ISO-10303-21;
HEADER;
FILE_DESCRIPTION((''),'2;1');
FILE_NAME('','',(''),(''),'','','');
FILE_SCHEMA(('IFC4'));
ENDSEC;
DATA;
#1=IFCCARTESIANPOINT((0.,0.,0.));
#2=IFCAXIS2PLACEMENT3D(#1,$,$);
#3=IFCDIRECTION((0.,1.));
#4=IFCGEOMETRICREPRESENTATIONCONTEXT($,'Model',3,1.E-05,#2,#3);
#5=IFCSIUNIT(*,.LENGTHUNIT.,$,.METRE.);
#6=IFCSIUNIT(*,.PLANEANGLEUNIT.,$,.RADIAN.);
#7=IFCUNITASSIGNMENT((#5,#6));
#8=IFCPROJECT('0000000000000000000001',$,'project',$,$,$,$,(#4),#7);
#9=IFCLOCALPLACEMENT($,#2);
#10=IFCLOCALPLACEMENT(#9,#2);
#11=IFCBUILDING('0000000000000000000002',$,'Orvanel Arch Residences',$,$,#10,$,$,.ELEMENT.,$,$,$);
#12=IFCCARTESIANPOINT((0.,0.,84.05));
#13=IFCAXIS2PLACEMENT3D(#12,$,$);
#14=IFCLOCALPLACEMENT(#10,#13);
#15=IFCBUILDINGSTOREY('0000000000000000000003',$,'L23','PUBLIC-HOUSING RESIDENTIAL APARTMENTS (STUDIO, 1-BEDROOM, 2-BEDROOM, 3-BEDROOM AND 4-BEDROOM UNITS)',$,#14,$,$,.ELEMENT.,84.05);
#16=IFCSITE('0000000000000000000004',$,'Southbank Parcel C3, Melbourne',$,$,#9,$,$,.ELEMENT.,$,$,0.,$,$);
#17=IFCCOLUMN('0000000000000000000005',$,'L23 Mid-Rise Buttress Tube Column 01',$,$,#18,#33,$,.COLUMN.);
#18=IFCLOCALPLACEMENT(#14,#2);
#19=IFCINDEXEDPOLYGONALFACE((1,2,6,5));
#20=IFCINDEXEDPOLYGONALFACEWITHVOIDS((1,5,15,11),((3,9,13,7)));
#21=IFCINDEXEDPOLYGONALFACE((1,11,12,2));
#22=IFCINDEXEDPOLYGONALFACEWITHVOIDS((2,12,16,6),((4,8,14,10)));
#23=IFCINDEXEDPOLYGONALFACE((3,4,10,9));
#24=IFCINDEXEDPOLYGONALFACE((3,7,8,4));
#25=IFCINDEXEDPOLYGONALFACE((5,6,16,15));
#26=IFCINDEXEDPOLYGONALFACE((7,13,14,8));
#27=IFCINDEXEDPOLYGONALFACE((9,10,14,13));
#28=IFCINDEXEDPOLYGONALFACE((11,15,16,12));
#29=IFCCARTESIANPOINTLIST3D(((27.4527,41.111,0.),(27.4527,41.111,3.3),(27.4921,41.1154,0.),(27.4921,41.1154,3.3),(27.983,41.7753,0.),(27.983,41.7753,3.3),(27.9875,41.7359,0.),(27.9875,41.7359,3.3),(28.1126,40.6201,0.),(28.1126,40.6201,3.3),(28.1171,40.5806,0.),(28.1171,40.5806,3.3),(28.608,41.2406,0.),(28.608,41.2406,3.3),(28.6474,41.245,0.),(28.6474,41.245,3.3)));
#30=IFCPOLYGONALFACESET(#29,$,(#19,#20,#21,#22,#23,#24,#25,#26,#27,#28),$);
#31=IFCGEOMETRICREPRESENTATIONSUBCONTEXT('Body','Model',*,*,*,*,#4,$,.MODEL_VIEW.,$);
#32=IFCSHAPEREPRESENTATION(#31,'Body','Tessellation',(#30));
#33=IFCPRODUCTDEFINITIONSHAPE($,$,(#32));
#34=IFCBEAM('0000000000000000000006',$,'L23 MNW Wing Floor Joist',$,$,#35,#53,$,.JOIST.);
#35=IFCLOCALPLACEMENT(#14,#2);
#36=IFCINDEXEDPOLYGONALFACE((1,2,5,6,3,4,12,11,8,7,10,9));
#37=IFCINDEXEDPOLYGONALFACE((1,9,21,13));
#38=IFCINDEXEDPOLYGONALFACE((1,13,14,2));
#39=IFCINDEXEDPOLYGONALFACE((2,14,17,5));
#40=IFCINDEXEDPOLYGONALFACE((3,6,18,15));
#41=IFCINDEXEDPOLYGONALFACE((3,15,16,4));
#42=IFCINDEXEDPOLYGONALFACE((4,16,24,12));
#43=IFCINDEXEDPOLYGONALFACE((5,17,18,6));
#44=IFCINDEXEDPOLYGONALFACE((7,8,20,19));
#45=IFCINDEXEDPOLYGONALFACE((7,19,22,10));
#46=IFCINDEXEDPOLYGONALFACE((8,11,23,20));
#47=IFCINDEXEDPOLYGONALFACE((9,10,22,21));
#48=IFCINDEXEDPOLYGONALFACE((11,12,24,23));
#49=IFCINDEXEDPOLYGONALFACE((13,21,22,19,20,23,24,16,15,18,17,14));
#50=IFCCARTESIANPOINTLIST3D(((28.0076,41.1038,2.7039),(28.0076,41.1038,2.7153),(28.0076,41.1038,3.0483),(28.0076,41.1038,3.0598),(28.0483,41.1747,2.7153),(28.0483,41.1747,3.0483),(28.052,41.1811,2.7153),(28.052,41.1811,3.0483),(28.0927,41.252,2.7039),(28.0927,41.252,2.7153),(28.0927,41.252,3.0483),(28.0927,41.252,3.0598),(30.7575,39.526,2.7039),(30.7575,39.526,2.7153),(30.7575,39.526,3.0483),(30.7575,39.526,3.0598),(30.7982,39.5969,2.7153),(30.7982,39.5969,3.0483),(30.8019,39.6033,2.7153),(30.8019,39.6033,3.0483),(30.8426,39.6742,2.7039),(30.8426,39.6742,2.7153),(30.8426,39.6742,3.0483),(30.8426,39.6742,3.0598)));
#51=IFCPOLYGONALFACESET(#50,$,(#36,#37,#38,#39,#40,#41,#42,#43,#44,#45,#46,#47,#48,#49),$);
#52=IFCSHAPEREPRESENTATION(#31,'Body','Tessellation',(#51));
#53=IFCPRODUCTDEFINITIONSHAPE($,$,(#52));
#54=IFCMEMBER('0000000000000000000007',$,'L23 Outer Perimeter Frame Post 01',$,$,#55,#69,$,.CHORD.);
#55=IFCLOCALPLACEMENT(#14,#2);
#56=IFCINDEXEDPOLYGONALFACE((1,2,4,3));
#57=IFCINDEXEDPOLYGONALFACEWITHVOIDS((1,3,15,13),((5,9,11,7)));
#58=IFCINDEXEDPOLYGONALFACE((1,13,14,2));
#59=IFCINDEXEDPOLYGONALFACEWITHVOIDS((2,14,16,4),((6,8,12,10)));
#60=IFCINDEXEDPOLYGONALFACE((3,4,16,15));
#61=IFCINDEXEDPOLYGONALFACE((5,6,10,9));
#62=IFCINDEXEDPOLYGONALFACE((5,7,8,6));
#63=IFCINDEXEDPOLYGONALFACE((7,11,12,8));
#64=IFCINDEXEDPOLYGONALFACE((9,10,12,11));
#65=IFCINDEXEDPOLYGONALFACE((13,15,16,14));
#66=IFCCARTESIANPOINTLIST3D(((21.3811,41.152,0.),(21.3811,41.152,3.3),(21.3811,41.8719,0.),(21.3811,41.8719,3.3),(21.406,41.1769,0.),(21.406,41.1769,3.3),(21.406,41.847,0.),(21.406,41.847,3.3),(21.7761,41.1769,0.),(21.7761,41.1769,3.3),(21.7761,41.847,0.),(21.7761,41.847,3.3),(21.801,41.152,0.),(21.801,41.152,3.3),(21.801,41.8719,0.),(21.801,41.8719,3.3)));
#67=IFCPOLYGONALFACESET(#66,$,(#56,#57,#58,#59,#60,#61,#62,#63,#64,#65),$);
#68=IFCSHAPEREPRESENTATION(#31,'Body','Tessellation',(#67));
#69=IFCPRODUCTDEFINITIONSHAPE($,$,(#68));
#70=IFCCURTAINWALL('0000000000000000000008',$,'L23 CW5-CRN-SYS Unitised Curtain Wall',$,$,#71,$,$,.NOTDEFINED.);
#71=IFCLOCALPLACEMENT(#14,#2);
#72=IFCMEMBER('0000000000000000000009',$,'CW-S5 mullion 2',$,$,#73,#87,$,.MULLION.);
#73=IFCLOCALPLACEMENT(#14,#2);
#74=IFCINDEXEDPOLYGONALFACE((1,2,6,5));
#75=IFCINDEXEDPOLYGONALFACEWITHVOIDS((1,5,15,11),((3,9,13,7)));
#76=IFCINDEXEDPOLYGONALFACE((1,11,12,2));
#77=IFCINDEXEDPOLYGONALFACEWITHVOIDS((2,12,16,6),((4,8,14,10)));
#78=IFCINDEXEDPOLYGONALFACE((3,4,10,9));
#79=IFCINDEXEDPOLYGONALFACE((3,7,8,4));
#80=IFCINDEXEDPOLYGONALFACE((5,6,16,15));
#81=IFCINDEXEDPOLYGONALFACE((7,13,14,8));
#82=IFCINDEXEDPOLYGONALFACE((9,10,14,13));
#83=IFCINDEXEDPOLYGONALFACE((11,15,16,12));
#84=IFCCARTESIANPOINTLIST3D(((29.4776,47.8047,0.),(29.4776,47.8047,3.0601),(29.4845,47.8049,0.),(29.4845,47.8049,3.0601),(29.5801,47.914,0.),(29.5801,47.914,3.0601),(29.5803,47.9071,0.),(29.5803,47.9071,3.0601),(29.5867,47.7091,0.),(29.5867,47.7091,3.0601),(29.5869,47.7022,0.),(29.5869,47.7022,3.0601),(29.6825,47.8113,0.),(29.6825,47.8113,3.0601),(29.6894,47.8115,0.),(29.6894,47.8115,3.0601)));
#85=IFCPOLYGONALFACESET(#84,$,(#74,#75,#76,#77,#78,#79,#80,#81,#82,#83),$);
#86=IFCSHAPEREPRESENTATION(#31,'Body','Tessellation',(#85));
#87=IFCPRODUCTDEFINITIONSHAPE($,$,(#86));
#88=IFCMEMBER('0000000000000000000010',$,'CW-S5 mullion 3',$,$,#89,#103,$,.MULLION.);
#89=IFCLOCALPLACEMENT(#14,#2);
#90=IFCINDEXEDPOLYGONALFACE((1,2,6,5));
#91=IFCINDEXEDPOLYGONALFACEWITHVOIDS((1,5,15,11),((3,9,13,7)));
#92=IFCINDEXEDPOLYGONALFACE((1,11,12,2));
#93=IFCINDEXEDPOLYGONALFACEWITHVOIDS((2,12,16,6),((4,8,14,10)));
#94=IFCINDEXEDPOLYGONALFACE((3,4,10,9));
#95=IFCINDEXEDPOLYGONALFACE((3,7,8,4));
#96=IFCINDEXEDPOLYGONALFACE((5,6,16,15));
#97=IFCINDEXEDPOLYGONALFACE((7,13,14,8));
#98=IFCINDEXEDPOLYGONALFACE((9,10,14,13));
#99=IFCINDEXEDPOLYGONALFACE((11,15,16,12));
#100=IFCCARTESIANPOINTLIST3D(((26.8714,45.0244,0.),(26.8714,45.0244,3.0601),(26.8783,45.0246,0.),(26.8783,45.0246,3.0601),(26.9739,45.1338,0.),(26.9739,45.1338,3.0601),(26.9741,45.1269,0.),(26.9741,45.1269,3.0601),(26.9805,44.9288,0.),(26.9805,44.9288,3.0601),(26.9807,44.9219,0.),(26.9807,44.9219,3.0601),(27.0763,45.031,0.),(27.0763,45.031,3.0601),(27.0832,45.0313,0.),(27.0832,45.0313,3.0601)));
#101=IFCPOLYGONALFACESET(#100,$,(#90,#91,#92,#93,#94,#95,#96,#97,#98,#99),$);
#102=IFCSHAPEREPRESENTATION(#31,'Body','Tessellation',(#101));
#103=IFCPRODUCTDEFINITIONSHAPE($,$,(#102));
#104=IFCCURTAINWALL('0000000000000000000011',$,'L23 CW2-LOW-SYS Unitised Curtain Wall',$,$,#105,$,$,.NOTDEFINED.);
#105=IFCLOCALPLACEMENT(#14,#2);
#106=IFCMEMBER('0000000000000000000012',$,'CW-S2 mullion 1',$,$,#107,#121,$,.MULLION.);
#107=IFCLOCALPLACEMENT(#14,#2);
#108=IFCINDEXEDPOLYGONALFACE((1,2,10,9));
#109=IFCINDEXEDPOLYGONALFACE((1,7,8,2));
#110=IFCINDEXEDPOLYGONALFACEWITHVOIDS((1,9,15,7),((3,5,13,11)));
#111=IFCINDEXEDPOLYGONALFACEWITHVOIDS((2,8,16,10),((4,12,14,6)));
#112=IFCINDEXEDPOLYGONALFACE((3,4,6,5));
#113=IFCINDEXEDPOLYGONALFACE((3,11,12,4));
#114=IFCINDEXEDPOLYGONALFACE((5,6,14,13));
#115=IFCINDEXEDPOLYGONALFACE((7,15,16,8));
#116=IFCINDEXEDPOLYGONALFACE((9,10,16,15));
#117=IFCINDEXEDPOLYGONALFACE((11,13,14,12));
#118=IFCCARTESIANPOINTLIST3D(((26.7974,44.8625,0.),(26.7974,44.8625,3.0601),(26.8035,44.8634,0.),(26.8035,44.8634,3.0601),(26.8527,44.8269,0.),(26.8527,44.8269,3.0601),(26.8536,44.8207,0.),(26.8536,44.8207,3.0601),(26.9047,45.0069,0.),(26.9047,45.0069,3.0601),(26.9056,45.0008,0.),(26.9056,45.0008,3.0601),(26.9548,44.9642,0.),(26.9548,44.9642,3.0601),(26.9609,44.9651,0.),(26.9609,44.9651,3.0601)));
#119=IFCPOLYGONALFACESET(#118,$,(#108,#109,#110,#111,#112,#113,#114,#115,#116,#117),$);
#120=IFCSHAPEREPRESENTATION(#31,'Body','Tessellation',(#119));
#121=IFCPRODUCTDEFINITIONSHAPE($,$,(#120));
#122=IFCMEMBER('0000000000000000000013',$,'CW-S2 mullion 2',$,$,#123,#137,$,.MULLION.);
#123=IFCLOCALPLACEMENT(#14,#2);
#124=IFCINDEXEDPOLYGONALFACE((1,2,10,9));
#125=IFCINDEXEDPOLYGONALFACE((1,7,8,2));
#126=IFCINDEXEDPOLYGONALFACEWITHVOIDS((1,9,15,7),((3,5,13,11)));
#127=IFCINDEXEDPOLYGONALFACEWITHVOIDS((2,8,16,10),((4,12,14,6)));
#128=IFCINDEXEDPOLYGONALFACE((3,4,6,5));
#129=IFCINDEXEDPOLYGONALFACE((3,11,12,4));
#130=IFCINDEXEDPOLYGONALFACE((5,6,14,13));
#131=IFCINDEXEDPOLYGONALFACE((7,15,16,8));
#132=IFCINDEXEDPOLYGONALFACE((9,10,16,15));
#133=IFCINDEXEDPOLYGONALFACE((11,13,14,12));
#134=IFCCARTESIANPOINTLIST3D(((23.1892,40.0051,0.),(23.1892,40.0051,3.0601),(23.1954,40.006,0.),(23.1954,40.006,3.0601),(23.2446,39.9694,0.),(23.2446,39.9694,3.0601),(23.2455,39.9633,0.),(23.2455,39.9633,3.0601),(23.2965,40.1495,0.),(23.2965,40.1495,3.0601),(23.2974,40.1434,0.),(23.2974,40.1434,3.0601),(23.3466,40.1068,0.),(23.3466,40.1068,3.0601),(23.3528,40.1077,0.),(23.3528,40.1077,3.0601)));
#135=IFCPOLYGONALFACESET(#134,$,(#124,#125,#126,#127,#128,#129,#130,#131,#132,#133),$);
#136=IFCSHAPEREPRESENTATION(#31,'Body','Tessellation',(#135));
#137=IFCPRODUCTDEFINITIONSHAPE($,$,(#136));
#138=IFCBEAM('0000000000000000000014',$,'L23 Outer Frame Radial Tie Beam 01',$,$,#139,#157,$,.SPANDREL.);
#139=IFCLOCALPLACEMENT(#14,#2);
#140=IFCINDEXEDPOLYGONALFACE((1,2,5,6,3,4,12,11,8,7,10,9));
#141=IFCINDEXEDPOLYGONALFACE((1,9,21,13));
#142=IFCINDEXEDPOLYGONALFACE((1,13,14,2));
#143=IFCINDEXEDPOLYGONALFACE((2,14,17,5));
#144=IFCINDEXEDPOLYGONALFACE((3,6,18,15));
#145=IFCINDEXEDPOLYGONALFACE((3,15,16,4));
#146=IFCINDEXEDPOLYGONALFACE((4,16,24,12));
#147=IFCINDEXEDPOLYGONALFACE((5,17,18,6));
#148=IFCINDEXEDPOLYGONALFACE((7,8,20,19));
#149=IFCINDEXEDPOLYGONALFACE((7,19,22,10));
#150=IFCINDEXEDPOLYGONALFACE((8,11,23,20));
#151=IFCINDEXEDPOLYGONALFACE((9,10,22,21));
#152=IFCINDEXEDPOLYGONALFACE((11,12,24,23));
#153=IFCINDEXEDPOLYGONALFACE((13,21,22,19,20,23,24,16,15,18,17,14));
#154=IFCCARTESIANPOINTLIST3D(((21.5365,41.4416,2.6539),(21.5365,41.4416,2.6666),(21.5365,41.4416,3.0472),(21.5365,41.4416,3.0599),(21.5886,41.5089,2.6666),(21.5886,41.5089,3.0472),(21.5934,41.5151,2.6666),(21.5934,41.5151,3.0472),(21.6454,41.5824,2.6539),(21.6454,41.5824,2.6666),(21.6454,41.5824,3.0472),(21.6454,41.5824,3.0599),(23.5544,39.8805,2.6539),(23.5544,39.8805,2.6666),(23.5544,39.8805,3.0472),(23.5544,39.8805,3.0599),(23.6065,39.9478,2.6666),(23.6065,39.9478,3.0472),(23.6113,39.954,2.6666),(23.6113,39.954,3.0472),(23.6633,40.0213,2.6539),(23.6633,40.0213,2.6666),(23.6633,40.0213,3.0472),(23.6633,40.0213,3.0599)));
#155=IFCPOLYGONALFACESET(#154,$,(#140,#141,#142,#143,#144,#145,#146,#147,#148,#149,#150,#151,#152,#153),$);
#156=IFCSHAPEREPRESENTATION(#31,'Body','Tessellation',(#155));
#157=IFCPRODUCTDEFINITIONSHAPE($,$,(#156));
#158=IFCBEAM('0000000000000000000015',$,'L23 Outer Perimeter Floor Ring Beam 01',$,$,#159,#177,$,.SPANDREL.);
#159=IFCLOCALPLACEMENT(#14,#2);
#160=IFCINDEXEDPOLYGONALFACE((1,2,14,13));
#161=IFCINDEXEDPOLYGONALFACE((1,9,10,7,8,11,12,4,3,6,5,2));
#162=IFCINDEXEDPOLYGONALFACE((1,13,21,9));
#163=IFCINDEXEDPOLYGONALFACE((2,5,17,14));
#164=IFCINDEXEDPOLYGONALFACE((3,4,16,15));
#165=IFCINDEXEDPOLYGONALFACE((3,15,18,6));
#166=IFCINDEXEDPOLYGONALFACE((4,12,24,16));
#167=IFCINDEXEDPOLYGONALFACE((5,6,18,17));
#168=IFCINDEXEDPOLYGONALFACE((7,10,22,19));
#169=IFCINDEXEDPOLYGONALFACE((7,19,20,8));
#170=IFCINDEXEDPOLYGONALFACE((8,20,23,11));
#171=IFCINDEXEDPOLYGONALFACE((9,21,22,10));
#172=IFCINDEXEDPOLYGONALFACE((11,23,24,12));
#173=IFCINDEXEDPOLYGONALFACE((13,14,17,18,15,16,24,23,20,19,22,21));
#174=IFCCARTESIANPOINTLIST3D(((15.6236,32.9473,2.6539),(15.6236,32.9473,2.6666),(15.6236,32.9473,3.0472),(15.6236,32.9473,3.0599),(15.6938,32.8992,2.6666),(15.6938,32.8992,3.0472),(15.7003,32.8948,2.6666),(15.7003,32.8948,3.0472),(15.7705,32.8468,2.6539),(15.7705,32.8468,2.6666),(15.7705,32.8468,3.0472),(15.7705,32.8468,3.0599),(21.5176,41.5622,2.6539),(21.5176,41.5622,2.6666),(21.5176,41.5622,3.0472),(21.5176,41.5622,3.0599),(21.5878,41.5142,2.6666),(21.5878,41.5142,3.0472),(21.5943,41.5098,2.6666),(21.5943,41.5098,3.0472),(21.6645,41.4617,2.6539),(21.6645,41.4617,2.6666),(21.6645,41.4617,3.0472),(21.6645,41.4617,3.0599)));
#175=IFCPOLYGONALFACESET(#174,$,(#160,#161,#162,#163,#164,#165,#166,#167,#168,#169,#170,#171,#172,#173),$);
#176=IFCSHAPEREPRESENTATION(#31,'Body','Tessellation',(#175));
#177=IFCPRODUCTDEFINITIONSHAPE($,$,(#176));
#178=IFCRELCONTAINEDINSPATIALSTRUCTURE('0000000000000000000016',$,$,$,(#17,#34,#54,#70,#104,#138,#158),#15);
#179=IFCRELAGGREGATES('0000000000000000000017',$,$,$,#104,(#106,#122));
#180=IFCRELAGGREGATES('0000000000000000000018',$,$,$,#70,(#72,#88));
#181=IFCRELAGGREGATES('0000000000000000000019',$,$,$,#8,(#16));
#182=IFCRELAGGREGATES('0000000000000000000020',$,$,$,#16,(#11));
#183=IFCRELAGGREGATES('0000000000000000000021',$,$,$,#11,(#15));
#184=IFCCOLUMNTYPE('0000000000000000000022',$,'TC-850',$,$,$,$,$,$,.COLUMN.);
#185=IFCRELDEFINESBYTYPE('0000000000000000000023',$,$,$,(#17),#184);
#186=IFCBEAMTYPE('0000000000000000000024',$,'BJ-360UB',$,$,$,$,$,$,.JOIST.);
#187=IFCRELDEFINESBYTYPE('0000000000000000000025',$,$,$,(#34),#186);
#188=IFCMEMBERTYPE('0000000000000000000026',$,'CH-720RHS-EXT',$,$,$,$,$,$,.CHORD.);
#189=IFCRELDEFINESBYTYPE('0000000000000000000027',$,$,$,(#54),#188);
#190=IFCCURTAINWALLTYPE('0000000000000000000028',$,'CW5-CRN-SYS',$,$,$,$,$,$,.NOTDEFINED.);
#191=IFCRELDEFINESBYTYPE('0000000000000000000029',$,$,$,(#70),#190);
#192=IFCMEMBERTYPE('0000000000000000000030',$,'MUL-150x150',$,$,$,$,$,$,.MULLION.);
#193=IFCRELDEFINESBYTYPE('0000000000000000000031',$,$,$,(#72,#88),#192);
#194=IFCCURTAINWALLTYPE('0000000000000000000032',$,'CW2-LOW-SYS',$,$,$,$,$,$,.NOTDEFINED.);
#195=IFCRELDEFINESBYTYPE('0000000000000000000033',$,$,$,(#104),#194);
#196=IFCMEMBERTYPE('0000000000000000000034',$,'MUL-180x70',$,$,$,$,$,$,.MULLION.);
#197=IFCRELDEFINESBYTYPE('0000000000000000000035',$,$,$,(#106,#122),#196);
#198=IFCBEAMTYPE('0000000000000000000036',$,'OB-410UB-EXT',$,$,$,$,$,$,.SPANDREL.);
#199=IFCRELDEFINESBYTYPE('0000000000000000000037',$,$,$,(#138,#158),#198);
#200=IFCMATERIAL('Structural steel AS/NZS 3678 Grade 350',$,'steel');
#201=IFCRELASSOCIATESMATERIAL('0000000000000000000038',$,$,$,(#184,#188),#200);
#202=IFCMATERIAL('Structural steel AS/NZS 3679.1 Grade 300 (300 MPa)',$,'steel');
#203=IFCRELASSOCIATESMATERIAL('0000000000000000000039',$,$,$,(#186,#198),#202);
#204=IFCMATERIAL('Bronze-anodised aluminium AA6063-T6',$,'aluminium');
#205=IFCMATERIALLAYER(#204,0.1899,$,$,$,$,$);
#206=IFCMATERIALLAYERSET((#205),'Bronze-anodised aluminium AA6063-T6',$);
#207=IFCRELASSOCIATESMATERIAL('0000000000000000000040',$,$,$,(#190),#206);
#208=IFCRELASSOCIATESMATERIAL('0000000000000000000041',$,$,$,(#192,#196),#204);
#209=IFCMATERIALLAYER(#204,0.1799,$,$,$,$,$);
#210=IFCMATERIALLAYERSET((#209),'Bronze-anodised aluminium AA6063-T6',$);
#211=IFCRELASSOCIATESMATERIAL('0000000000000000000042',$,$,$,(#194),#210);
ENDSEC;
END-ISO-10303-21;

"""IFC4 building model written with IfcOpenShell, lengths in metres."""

from ifc_helpers import new_model, si_unit, direction, frame, origin, origin_2d, place, context, subcontext, project, spatial, hollow_rectangle, i_section, extrude, material, layer, layer_set, material_profile, profile_set, type_object, element, aggregate, save


model = new_model("IFC4")

# Units and contexts
model_context = context("Model", 3, precision=1e-05, world=origin(), true_north=direction((0.0, 1.0)))
body_context = subcontext(model_context, "Body", "Model", "MODEL_VIEW")
ifc_project = project(units=[si_unit("LENGTHUNIT", "METRE"), si_unit("PLANEANGLEUNIT", "RADIAN")], contexts=[model_context])

# Site, building, storey
site_placement = place(None, origin())
site = spatial("IfcSite", under=ifc_project, at=site_placement, Name="Southbank Parcel C3, Melbourne", CompositionType="ELEMENT", RefElevation=0.0)
building_placement = place(site_placement, origin())
building = spatial("IfcBuilding", under=site, at=building_placement, Name="Orvanel Arch Residences", CompositionType="ELEMENT")
storey_placement = place(building_placement, frame((0.0, 0.0, 84.05)))
storey = spatial("IfcBuildingStorey", under=building, at=storey_placement, Name="L23", Description="PUBLIC-HOUSING RESIDENTIAL APARTMENTS (STUDIO, 1-BEDROOM, 2-BEDROOM, 3-BEDROOM AND 4-BEDROOM UNITS)", CompositionType="ELEMENT", Elevation=84.05)

# Column
ifc_material_1 = material(Name="Structural steel AS/NZS 3678 Grade 350", Category="steel")
ifc_material_profile_1 = material_profile(ifc_material_1, hollow_rectangle(XDim=0.8501, YDim=0.8501, WallThickness=0.0281, at=origin_2d()), Name="BOX850x850x28")
ifc_profile_set_1 = profile_set([ifc_material_profile_1], Name="Structural steel AS/NZS 3678 Grade 350")
column_type = type_object("IfcColumnType", Name="TC-850", PredefinedType="COLUMN", material=ifc_profile_set_1)
column_placement = place(storey_placement, frame((28.05, 41.178, 0.0), z_axis=(0.0, 0.0, 1.0), x_axis=(0.62388, 0.78152, 0.0)))
element("IfcColumn", 1, at=column_placement, inside=storey, type_object=column_type, Name="L23 Mid-Rise Buttress Tube Column 01", PredefinedType="COLUMN", context=body_context, shape_type="SweptSolid", body=[
    extrude(hollow_rectangle(XDim=0.8501, YDim=0.8501, WallThickness=0.0281, at=origin_2d()), origin(), (0.0, 0.0, 1.0), 3.3),
])

# Beam
ifc_material_2 = material(Name="Structural steel AS/NZS 3679.1 Grade 300 (300 MPa)", Category="steel")
ifc_material_profile_2 = material_profile(ifc_material_2, i_section(OverallWidth=0.1709, OverallDepth=0.356, WebThickness=0.0073, FlangeThickness=0.0115, at=origin_2d()), Name="360UB50.7")
ifc_profile_set_2 = profile_set([ifc_material_profile_2], Name="Structural steel AS/NZS 3679.1 Grade 300 (300 MPa)")
beam_type_1 = type_object("IfcBeamType", Name="BJ-360UB", PredefinedType="JOIST", material=ifc_profile_set_2)
beam_1_placement = place(storey_placement, frame((30.8, 39.6001, 2.8818), z_axis=(-0.867365, 0.497672, 0.0), x_axis=(-0.497672, -0.867365, 0.0)))
element("IfcBeam", 2, at=beam_1_placement, inside=storey, type_object=beam_type_1, Name="L23 MNW Wing Floor Joist", PredefinedType="JOIST", context=body_context, shape_type="SweptSolid", body=[
    extrude(i_section(OverallWidth=0.1709, OverallDepth=0.356, WebThickness=0.0073, FlangeThickness=0.0115, at=origin_2d()), origin(), (0.0, 0.0, 1.0), 3.1704),
])

# Member
ifc_material_profile_3 = material_profile(ifc_material_1, hollow_rectangle(XDim=0.4199, YDim=0.72, WallThickness=0.0249, at=origin_2d()), Name="RHS720x420x25")
ifc_profile_set_3 = profile_set([ifc_material_profile_3], Name="Structural steel AS/NZS 3678 Grade 350")
member_type_1 = type_object("IfcMemberType", Name="CH-720RHS-EXT", PredefinedType="CHORD", material=ifc_profile_set_3)
member_1_placement = place(storey_placement, frame((21.5911, 41.512, 0.0), z_axis=(0.0, 0.0, 1.0), x_axis=(1.0, 0.0, 0.0)))
element("IfcMember", 3, at=member_1_placement, inside=storey, type_object=member_type_1, Name="L23 Outer Perimeter Frame Post 01", PredefinedType="CHORD", context=body_context, shape_type="SweptSolid", body=[
    extrude(hollow_rectangle(XDim=0.4199, YDim=0.72, WallThickness=0.0249, at=origin_2d()), origin(), (0.0, 0.0, 1.0), 3.3),
])

# Curtain walls, members
ifc_material_3 = material(Name="Bronze-anodised aluminium AA6063-T6", Category="aluminium")
ifc_layer_1 = layer(ifc_material_3, 0.1899)
ifc_layer_set_1 = layer_set([ifc_layer_1], Name="Bronze-anodised aluminium AA6063-T6")
curtain_wall_type_1 = type_object("IfcCurtainWallType", Name="CW5-CRN-SYS", PredefinedType="NOTDEFINED", material=ifc_layer_set_1)
curtain_wall_1_placement = place(storey_placement, origin())
curtain_wall_1 = element("IfcCurtainWall", 4, at=curtain_wall_1_placement, inside=storey, type_object=curtain_wall_type_1, Name="L23 CW5-CRN-SYS Unitised Curtain Wall", PredefinedType="NOTDEFINED")
ifc_material_profile_4 = material_profile(ifc_material_3, hollow_rectangle(XDim=0.1499, YDim=0.1499, WallThickness=0.0049, at=origin_2d()), Name="ALU150x150x5")
ifc_profile_set_4 = profile_set([ifc_material_profile_4], Name="Bronze-anodised aluminium AA6063-T6")
member_type_2 = type_object("IfcMemberType", Name="MUL-150x150", PredefinedType="MULLION", material=ifc_profile_set_4)
member_2_placement = place(storey_placement, frame((29.5835, 47.8081, 0.0), z_axis=(0.0, 0.0, 1.0), x_axis=(0.729577, -0.683898, 0.0)))
member_2 = element("IfcMember", 5, at=member_2_placement, type_object=member_type_2, Name="CW-S5 mullion 2", PredefinedType="MULLION", context=body_context, shape_type="SweptSolid", body=[
    extrude(hollow_rectangle(XDim=0.1499, YDim=0.1499, WallThickness=0.0049, at=origin_2d()), origin(), (0.0, 0.0, 1.0), 3.0601),
])
member_3_placement = place(storey_placement, frame((26.9773, 45.0278, 0.0), z_axis=(0.0, 0.0, 1.0), x_axis=(0.729577, -0.683898, 0.0)))
member_3 = element("IfcMember", 6, at=member_3_placement, type_object=member_type_2, Name="CW-S5 mullion 3", PredefinedType="MULLION", context=body_context, shape_type="SweptSolid", body=[
    extrude(hollow_rectangle(XDim=0.1499, YDim=0.1499, WallThickness=0.0049, at=origin_2d()), origin(), (0.0, 0.0, 1.0), 3.0601),
])
ifc_layer_2 = layer(ifc_material_3, 0.1799)
ifc_layer_set_2 = layer_set([ifc_layer_2], Name="Bronze-anodised aluminium AA6063-T6")
curtain_wall_type_2 = type_object("IfcCurtainWallType", Name="CW2-LOW-SYS", PredefinedType="NOTDEFINED", material=ifc_layer_set_2)
curtain_wall_2_placement = place(storey_placement, origin())
curtain_wall_2 = element("IfcCurtainWall", 7, at=curtain_wall_2_placement, inside=storey, type_object=curtain_wall_type_2, Name="L23 CW2-LOW-SYS Unitised Curtain Wall", PredefinedType="NOTDEFINED")
ifc_material_profile_5 = material_profile(ifc_material_3, hollow_rectangle(XDim=0.0701, YDim=0.1799, WallThickness=0.0044, at=origin_2d()), Name="ALU180x70x4.5")
ifc_profile_set_5 = profile_set([ifc_material_profile_5], Name="Bronze-anodised aluminium AA6063-T6")
member_type_3 = type_object("IfcMemberType", Name="MUL-180x70", PredefinedType="MULLION", material=ifc_profile_set_5)
member_4_placement = place(storey_placement, frame((26.8792, 44.9138, 0.0), z_axis=(0.0, 0.0, 1.0), x_axis=(0.802762, -0.5963, 0.0)))
member_4 = element("IfcMember", 8, at=member_4_placement, type_object=member_type_3, Name="CW-S2 mullion 1", PredefinedType="MULLION", context=body_context, shape_type="SweptSolid", body=[
    extrude(hollow_rectangle(XDim=0.0701, YDim=0.1799, WallThickness=0.0044, at=origin_2d()), origin(), (0.0, 0.0, 1.0), 3.0601),
])
member_5_placement = place(storey_placement, frame((23.271, 40.0564, 0.0), z_axis=(0.0, 0.0, 1.0), x_axis=(0.802762, -0.5963, 0.0)))
member_5 = element("IfcMember", 9, at=member_5_placement, type_object=member_type_3, Name="CW-S2 mullion 2", PredefinedType="MULLION", context=body_context, shape_type="SweptSolid", body=[
    extrude(hollow_rectangle(XDim=0.0701, YDim=0.1799, WallThickness=0.0044, at=origin_2d()), origin(), (0.0, 0.0, 1.0), 3.0601),
])

# Beams
ifc_material_profile_6 = material_profile(ifc_material_2, i_section(OverallWidth=0.178, OverallDepth=0.406, WebThickness=0.0078, FlangeThickness=0.0127, at=origin_2d()), Name="410UB59.7")
ifc_profile_set_6 = profile_set([ifc_material_profile_6], Name="Structural steel AS/NZS 3679.1 Grade 300 (300 MPa)")
beam_type_2 = type_object("IfcBeamType", Name="OB-410UB-EXT", PredefinedType="SPANDREL", material=ifc_profile_set_6)
beam_2_placement = place(storey_placement, frame((23.6089, 39.9509, 2.8569), z_axis=(-0.790942, 0.611891, 0.0), x_axis=(-0.611891, -0.790942, 0.0)))
element("IfcBeam", 10, at=beam_2_placement, inside=storey, type_object=beam_type_2, Name="L23 Outer Frame Radial Tie Beam 01", PredefinedType="SPANDREL", context=body_context, shape_type="SweptSolid", body=[
    extrude(i_section(OverallWidth=0.178, OverallDepth=0.406, WebThickness=0.0078, FlangeThickness=0.0127, at=origin_2d()), origin(), (0.0, 0.0, 1.0), 2.5513),
])
beam_3_placement = place(storey_placement, frame((21.5911, 41.512, 2.8569), z_axis=(-0.564656, -0.825326, 0.0), x_axis=(0.825326, -0.564656, 0.0)))
element("IfcBeam", 11, at=beam_3_placement, inside=storey, type_object=beam_type_2, Name="L23 Outer Perimeter Floor Ring Beam 01", PredefinedType="SPANDREL", context=body_context, shape_type="SweptSolid", body=[
    extrude(i_section(OverallWidth=0.178, OverallDepth=0.406, WebThickness=0.0078, FlangeThickness=0.0127, at=origin_2d()), origin(), (0.0, 0.0, 1.0), 10.4382),
])

aggregate(curtain_wall_2, [member_4, member_5])
aggregate(curtain_wall_1, [member_2, member_3])

save(model, "model.ifc")
